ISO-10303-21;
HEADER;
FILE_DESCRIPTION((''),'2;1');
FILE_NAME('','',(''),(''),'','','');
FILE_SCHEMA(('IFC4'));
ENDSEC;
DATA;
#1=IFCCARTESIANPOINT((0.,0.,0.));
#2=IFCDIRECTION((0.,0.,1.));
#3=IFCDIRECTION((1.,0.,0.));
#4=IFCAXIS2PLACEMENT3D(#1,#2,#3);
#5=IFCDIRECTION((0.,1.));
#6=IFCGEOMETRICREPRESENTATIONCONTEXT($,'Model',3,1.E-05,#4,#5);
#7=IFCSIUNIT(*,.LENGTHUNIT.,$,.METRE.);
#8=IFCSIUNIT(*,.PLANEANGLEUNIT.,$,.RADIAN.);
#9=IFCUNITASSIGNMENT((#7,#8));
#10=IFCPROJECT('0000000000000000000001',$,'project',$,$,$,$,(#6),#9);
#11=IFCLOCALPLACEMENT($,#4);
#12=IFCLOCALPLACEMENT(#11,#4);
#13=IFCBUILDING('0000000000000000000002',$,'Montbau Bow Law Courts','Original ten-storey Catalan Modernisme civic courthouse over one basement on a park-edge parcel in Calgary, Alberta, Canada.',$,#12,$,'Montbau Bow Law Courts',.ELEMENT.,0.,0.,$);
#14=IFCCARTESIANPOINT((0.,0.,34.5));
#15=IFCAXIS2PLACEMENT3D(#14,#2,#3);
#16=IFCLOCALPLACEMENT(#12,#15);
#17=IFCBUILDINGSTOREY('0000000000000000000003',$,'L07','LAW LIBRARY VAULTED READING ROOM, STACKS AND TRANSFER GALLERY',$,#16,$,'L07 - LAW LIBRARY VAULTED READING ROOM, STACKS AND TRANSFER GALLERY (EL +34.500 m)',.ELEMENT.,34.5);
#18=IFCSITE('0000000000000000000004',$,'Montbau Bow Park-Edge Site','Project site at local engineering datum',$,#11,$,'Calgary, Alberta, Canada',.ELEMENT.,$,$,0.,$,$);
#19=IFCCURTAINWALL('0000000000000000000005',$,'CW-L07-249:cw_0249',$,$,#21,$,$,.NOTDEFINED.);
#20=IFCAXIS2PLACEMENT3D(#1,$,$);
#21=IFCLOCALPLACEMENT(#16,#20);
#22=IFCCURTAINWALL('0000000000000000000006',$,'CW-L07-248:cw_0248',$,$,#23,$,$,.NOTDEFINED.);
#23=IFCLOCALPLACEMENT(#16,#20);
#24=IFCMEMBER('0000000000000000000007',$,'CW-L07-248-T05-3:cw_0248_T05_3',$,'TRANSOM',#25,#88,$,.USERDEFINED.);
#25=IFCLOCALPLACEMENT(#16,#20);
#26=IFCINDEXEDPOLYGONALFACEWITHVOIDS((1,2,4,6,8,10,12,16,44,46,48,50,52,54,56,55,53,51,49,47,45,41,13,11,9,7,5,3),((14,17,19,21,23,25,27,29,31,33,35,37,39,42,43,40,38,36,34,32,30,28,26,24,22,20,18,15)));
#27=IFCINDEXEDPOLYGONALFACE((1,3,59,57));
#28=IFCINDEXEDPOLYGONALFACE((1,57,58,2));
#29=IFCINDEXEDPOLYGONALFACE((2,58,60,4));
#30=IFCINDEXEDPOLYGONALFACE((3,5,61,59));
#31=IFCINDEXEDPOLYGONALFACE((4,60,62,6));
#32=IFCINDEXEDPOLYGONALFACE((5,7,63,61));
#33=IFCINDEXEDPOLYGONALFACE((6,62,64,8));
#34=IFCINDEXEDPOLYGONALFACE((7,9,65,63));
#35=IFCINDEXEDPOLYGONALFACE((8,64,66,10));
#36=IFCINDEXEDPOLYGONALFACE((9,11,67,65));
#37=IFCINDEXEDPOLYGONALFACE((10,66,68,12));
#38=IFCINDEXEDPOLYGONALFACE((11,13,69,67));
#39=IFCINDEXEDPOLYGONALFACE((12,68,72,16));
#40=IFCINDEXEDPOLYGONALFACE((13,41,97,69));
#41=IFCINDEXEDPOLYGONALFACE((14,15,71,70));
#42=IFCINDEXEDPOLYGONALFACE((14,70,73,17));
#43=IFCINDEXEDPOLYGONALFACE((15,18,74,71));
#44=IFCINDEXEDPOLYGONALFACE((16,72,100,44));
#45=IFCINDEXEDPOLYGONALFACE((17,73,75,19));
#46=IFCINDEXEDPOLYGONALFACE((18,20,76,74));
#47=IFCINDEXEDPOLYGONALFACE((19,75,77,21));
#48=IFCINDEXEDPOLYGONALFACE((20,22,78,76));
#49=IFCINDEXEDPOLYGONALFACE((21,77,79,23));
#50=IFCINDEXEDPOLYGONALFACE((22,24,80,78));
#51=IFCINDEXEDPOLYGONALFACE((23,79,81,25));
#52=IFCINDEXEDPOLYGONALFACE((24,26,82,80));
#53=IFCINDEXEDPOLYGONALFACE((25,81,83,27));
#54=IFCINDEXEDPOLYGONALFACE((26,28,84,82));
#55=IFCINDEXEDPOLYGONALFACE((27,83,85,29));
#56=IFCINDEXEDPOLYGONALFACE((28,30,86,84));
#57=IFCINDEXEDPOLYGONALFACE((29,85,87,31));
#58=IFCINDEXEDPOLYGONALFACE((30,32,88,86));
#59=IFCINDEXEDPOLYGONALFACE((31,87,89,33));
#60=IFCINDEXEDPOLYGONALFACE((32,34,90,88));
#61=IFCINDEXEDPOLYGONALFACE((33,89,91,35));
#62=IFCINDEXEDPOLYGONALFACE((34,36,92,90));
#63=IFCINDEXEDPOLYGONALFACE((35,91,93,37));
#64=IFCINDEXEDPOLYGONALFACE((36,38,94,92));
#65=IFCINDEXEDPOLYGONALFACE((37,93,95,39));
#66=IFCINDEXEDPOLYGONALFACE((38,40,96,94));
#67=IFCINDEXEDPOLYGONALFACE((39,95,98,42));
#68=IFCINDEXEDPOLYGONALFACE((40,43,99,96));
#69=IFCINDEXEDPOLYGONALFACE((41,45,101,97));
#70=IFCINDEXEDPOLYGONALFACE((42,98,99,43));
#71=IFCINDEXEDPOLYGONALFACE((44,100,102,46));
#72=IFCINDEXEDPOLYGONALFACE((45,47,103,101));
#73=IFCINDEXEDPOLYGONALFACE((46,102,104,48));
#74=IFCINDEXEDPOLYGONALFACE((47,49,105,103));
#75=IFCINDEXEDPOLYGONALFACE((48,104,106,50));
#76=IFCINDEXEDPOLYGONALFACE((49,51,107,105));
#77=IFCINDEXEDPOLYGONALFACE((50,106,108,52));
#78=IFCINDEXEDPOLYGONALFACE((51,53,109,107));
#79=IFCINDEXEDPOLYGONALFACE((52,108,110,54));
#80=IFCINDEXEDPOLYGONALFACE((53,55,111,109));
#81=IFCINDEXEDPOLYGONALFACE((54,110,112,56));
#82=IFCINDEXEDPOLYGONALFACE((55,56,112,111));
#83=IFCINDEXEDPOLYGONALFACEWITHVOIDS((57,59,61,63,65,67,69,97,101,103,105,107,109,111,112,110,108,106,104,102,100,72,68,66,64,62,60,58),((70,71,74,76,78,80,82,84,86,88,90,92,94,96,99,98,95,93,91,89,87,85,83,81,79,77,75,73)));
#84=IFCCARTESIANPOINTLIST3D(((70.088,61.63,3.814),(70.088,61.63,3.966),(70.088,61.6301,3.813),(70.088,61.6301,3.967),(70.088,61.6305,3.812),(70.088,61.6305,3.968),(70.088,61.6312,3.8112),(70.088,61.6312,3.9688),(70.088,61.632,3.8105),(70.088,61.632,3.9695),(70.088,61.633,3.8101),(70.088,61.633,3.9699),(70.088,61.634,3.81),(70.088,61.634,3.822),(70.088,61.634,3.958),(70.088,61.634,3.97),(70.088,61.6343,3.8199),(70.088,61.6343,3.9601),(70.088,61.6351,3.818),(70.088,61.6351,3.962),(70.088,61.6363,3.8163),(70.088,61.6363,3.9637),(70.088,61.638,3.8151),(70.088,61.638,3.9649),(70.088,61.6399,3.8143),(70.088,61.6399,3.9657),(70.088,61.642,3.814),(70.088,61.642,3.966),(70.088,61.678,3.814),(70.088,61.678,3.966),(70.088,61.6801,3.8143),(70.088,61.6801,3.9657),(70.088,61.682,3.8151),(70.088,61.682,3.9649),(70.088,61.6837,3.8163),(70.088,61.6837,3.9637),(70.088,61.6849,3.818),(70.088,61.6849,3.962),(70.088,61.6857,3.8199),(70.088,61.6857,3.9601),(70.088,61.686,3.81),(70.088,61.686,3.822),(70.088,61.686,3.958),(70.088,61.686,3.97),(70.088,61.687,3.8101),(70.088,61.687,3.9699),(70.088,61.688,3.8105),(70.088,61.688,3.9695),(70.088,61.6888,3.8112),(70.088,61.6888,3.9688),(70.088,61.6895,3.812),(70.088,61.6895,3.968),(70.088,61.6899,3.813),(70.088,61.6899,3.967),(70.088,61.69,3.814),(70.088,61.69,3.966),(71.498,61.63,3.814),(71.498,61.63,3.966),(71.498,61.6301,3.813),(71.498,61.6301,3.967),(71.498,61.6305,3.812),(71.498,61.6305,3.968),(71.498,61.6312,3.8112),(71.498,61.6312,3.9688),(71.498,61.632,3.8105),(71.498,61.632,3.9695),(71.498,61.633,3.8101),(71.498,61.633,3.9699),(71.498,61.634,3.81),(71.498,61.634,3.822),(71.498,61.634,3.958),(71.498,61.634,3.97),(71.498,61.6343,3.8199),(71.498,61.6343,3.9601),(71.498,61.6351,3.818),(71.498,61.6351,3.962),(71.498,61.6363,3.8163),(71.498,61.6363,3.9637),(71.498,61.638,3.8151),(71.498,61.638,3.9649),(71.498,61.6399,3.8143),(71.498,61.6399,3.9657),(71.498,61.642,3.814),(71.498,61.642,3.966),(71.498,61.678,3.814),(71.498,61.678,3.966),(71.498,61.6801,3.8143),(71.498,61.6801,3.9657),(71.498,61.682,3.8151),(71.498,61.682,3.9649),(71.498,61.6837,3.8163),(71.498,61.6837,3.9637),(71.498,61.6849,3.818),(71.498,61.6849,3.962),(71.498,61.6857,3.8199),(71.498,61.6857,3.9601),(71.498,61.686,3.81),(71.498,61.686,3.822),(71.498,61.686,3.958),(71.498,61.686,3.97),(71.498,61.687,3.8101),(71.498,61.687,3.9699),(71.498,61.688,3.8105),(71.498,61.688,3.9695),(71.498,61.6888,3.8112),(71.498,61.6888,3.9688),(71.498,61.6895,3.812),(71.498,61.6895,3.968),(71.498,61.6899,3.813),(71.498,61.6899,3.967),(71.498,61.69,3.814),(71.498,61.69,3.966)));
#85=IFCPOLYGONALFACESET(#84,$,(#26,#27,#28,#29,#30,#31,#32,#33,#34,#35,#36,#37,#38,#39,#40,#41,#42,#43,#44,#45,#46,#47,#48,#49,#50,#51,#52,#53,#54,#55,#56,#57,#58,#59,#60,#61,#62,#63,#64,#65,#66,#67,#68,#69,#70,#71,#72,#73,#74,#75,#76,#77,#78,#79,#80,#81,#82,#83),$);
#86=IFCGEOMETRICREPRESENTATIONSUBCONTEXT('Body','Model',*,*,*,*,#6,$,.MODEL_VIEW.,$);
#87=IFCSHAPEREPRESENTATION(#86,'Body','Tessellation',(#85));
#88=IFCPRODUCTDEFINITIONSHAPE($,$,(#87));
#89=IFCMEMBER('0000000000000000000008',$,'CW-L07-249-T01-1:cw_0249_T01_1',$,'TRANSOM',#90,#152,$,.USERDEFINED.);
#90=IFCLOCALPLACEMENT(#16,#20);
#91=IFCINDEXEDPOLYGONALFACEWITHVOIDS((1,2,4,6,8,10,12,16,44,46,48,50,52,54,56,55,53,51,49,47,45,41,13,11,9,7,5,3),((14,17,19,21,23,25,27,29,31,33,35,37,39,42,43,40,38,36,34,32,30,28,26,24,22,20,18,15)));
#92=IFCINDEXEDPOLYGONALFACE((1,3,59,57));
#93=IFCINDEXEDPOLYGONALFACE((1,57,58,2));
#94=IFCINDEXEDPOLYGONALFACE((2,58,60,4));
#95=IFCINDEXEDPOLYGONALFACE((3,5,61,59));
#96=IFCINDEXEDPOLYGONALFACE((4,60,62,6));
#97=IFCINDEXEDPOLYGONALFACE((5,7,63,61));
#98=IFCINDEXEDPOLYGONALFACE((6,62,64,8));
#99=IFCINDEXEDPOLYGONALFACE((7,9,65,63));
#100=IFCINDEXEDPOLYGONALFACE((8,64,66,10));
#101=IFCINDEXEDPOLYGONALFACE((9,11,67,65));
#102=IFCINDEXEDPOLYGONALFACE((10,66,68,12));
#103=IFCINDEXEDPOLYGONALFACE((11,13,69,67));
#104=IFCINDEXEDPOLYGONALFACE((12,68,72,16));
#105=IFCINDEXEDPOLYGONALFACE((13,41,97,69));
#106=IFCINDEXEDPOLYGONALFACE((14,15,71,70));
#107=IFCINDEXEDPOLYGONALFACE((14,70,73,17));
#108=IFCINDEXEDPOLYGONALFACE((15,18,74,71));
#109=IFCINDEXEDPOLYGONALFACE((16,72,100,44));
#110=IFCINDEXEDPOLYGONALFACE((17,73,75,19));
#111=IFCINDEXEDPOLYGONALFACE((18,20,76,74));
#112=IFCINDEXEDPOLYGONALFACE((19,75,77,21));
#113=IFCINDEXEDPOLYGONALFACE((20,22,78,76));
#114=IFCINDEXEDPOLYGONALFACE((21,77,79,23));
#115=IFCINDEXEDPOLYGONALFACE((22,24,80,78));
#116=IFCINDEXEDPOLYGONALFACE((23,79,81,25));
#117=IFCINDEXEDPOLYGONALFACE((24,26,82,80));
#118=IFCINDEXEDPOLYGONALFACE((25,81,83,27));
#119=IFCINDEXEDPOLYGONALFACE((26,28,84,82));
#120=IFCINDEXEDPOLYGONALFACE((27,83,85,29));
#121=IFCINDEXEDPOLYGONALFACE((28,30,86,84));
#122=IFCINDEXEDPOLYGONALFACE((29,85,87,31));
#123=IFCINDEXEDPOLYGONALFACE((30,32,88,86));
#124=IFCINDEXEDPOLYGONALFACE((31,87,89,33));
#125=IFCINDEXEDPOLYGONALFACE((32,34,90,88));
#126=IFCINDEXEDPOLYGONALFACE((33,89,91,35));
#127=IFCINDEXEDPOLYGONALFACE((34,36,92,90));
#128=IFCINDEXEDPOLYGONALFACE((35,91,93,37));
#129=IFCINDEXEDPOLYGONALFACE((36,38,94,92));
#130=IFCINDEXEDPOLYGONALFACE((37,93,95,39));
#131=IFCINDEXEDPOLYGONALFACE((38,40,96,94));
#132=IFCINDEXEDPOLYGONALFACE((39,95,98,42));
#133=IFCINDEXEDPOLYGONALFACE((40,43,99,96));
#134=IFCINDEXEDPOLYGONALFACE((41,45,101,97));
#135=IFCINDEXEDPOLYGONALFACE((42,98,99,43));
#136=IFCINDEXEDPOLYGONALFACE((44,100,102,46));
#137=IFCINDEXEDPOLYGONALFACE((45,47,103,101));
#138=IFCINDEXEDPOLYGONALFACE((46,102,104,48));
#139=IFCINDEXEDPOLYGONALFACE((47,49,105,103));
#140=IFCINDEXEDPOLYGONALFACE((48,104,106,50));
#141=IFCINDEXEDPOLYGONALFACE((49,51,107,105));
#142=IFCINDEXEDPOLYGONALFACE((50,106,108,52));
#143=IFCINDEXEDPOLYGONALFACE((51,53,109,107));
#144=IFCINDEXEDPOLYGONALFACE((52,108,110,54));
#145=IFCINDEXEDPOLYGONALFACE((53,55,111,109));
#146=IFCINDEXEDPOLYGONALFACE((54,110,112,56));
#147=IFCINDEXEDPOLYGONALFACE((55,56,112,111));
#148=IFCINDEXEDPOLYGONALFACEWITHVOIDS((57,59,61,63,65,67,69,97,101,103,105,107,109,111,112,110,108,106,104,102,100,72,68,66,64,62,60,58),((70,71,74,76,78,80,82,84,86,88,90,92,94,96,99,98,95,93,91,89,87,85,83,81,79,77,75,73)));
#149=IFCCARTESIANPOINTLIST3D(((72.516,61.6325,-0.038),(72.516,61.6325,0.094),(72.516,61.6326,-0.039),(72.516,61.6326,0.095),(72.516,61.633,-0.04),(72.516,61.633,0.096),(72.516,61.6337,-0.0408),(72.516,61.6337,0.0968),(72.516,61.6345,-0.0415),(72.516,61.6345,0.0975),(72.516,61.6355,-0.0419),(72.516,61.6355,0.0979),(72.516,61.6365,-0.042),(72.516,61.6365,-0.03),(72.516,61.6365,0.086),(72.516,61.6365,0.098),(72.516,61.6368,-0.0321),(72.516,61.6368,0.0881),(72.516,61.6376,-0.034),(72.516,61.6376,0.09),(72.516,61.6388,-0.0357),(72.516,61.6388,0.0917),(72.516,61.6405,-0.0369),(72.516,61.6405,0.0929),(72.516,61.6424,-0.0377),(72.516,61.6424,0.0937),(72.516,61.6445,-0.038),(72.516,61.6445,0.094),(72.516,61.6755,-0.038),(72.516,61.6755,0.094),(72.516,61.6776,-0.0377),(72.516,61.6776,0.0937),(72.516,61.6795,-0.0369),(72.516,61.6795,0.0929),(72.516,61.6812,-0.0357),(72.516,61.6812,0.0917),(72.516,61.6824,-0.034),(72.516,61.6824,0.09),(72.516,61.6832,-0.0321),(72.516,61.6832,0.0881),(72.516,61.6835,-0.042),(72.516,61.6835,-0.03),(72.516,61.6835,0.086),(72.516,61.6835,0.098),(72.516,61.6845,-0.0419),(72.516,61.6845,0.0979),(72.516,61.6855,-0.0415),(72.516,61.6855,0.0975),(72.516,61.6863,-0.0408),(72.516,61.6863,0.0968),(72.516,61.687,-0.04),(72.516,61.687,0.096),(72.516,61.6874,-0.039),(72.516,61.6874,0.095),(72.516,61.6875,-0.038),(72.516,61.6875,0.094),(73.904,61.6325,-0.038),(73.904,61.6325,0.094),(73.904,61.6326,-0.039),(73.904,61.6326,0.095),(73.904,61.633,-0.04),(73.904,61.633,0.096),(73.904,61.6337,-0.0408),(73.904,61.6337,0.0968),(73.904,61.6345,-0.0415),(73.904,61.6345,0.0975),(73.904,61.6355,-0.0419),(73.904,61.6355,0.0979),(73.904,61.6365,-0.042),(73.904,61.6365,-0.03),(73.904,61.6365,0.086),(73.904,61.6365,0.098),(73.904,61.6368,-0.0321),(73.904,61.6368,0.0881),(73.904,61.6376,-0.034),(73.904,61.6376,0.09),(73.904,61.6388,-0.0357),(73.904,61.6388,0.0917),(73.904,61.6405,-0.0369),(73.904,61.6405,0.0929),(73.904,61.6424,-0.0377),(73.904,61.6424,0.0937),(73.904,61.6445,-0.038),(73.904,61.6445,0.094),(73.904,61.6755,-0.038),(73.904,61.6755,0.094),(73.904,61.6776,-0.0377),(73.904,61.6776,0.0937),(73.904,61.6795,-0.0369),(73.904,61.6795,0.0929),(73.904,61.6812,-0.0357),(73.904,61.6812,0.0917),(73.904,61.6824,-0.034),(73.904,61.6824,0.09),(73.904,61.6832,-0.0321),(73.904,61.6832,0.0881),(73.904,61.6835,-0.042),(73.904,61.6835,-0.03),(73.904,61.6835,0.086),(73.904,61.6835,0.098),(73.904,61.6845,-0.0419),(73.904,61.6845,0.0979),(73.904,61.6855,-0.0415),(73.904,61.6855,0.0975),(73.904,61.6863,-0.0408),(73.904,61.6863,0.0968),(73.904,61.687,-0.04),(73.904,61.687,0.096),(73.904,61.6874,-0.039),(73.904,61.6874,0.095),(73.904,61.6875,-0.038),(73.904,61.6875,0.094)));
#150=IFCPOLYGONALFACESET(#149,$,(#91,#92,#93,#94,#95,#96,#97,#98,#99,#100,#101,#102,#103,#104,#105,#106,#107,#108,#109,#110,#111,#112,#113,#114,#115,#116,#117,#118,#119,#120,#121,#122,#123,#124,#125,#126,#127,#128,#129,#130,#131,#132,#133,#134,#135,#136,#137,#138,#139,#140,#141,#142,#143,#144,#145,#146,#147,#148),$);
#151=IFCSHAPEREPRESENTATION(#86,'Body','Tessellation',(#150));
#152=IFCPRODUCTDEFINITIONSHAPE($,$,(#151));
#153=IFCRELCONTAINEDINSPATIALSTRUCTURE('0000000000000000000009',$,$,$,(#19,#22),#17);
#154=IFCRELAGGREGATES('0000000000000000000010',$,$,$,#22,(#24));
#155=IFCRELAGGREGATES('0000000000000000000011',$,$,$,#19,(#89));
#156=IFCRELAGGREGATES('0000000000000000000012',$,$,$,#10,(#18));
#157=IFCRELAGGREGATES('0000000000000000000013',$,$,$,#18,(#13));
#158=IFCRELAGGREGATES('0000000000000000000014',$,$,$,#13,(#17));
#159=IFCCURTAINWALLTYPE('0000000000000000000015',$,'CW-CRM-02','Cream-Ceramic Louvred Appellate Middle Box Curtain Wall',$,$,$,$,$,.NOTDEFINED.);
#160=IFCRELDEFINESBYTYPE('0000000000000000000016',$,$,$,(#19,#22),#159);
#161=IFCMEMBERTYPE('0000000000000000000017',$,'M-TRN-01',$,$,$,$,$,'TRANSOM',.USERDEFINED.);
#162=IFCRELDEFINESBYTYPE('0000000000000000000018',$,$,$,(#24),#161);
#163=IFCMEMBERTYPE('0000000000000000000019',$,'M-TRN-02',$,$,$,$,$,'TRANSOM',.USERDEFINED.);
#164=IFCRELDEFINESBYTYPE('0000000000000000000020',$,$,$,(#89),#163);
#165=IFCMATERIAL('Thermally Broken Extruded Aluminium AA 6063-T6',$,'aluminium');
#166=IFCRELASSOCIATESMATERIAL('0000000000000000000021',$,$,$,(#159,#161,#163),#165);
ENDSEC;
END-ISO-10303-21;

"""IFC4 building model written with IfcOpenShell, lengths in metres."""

from ifc_helpers import new_model, si_unit, direction, frame, origin_with_axes, origin_2d_with_axis, place, context, subcontext, project, spatial, hollow_rectangle, extrude, material, material_profile, profile_set, type_object, element, aggregate, save


model = new_model("IFC4")

# Units and contexts
model_context = context("Model", 3, precision=1e-05, world=origin_with_axes(), true_north=direction((0.0, 1.0)))
body_context = subcontext(model_context, "Body", "Model", "MODEL_VIEW")
ifc_project = project(units=[si_unit("LENGTHUNIT", "METRE"), si_unit("PLANEANGLEUNIT", "RADIAN")], contexts=[model_context])

# Site, building, storey
site_placement = place(None, origin_with_axes())
site = spatial("IfcSite", under=ifc_project, at=site_placement, Name="Montbau Bow Park-Edge Site", Description="Project site at local engineering datum", LongName="Calgary, Alberta, Canada", CompositionType="ELEMENT", RefElevation=0.0)
building_placement = place(site_placement, origin_with_axes())
building = spatial("IfcBuilding", under=site, at=building_placement, Name="Montbau Bow Law Courts", Description="Original ten-storey Catalan Modernisme civic courthouse over one basement on a park-edge parcel in Calgary, Alberta, Canada.", LongName="Montbau Bow Law Courts", CompositionType="ELEMENT", ElevationOfRefHeight=0.0, ElevationOfTerrain=0.0)
storey_placement = place(building_placement, frame((0.0, 0.0, 34.5), z_axis=(0.0, 0.0, 1.0), x_axis=(1.0, 0.0, 0.0)))
storey = spatial("IfcBuildingStorey", under=building, at=storey_placement, Name="L07", Description="LAW LIBRARY VAULTED READING ROOM, STACKS AND TRANSFER GALLERY", LongName="L07 - LAW LIBRARY VAULTED READING ROOM, STACKS AND TRANSFER GALLERY (EL +34.500 m)", CompositionType="ELEMENT", Elevation=34.5)

# Curtain walls, member
ifc_material_1 = material(Name="Thermally Broken Extruded Aluminium AA 6063-T6", Category="aluminium")
curtain_wall_type = type_object("IfcCurtainWallType", Name="CW-CRM-02", Description="Cream-Ceramic Louvred Appellate Middle Box Curtain Wall", PredefinedType="NOTDEFINED", material=ifc_material_1)
curtain_wall_1_placement = place(None, frame((72.44, 61.66, 34.5), z_axis=(0.0, 0.0, 1.0), x_axis=(1.0, 0.0, 0.0)))
curtain_wall_1 = element("IfcCurtainWall", 1, at=curtain_wall_1_placement, inside=storey, type_object=curtain_wall_type, Name="CW-L07-249:cw_0249", PredefinedType="NOTDEFINED")
curtain_wall_2_placement = place(None, frame((64.04, 61.66, 34.5), z_axis=(0.0, 0.0, 1.0), x_axis=(1.0, 0.0, 0.0)))
curtain_wall_2 = element("IfcCurtainWall", 2, at=curtain_wall_2_placement, inside=storey, type_object=curtain_wall_type, Name="CW-L07-248:cw_0248", PredefinedType="NOTDEFINED")
ifc_material_profile_1 = material_profile(ifc_material_1, hollow_rectangle(XDim=0.06, YDim=0.16, WallThickness=0.004, InnerFilletRadius=0.008, OuterFilletRadius=0.004, at=origin_2d_with_axis()), Name="CWT-160X60", Category="Main", Priority=0)
ifc_profile_set_1 = profile_set([ifc_material_profile_1], Name="Thermally Broken Extruded Aluminium AA 6063-T6")
member_type_1 = type_object("IfcMemberType", Name="M-TRN-01", ElementType="TRANSOM", PredefinedType="USERDEFINED", material=ifc_profile_set_1)
member_1_placement = place(None, frame((70.088, 61.66, 38.39), z_axis=(1.0, 0.0, 0.0), x_axis=(0.0, 1.0, 0.0)))
member_1 = element("IfcMember", 3, at=member_1_placement, type_object=member_type_1, Name="CW-L07-248-T05-3:cw_0248_T05_3", ObjectType="TRANSOM", PredefinedType="USERDEFINED", context=body_context, shape_type="SweptSolid", body=[
    extrude(hollow_rectangle(XDim=0.06, YDim=0.16, WallThickness=0.004, InnerFilletRadius=0.008, OuterFilletRadius=0.004, at=origin_2d_with_axis()), origin_with_axes(), (0.0, 0.0, 1.0), 1.41),
])
aggregate(curtain_wall_2, [member_1])

# Member
ifc_material_profile_2 = material_profile(ifc_material_1, hollow_rectangle(XDim=0.055, YDim=0.14, WallThickness=0.004, InnerFilletRadius=0.008, OuterFilletRadius=0.004, at=origin_2d_with_axis()), Name="CWT-140X55", Category="Main", Priority=0)
ifc_profile_set_2 = profile_set([ifc_material_profile_2], Name="Thermally Broken Extruded Aluminium AA 6063-T6")
member_type_2 = type_object("IfcMemberType", Name="M-TRN-02", ElementType="TRANSOM", PredefinedType="USERDEFINED", material=ifc_profile_set_2)
member_2_placement = place(None, frame((72.516, 61.66, 34.528), z_axis=(1.0, 0.0, 0.0), x_axis=(0.0, 1.0, 0.0)))
member_2 = element("IfcMember", 4, at=member_2_placement, type_object=member_type_2, Name="CW-L07-249-T01-1:cw_0249_T01_1", ObjectType="TRANSOM", PredefinedType="USERDEFINED", context=body_context, shape_type="SweptSolid", body=[
    extrude(hollow_rectangle(XDim=0.055, YDim=0.14, WallThickness=0.004, InnerFilletRadius=0.008, OuterFilletRadius=0.004, at=origin_2d_with_axis()), origin_with_axes(), (0.0, 0.0, 1.0), 1.388),
])

aggregate(curtain_wall_1, [member_2])

save(model, "model.ifc")
